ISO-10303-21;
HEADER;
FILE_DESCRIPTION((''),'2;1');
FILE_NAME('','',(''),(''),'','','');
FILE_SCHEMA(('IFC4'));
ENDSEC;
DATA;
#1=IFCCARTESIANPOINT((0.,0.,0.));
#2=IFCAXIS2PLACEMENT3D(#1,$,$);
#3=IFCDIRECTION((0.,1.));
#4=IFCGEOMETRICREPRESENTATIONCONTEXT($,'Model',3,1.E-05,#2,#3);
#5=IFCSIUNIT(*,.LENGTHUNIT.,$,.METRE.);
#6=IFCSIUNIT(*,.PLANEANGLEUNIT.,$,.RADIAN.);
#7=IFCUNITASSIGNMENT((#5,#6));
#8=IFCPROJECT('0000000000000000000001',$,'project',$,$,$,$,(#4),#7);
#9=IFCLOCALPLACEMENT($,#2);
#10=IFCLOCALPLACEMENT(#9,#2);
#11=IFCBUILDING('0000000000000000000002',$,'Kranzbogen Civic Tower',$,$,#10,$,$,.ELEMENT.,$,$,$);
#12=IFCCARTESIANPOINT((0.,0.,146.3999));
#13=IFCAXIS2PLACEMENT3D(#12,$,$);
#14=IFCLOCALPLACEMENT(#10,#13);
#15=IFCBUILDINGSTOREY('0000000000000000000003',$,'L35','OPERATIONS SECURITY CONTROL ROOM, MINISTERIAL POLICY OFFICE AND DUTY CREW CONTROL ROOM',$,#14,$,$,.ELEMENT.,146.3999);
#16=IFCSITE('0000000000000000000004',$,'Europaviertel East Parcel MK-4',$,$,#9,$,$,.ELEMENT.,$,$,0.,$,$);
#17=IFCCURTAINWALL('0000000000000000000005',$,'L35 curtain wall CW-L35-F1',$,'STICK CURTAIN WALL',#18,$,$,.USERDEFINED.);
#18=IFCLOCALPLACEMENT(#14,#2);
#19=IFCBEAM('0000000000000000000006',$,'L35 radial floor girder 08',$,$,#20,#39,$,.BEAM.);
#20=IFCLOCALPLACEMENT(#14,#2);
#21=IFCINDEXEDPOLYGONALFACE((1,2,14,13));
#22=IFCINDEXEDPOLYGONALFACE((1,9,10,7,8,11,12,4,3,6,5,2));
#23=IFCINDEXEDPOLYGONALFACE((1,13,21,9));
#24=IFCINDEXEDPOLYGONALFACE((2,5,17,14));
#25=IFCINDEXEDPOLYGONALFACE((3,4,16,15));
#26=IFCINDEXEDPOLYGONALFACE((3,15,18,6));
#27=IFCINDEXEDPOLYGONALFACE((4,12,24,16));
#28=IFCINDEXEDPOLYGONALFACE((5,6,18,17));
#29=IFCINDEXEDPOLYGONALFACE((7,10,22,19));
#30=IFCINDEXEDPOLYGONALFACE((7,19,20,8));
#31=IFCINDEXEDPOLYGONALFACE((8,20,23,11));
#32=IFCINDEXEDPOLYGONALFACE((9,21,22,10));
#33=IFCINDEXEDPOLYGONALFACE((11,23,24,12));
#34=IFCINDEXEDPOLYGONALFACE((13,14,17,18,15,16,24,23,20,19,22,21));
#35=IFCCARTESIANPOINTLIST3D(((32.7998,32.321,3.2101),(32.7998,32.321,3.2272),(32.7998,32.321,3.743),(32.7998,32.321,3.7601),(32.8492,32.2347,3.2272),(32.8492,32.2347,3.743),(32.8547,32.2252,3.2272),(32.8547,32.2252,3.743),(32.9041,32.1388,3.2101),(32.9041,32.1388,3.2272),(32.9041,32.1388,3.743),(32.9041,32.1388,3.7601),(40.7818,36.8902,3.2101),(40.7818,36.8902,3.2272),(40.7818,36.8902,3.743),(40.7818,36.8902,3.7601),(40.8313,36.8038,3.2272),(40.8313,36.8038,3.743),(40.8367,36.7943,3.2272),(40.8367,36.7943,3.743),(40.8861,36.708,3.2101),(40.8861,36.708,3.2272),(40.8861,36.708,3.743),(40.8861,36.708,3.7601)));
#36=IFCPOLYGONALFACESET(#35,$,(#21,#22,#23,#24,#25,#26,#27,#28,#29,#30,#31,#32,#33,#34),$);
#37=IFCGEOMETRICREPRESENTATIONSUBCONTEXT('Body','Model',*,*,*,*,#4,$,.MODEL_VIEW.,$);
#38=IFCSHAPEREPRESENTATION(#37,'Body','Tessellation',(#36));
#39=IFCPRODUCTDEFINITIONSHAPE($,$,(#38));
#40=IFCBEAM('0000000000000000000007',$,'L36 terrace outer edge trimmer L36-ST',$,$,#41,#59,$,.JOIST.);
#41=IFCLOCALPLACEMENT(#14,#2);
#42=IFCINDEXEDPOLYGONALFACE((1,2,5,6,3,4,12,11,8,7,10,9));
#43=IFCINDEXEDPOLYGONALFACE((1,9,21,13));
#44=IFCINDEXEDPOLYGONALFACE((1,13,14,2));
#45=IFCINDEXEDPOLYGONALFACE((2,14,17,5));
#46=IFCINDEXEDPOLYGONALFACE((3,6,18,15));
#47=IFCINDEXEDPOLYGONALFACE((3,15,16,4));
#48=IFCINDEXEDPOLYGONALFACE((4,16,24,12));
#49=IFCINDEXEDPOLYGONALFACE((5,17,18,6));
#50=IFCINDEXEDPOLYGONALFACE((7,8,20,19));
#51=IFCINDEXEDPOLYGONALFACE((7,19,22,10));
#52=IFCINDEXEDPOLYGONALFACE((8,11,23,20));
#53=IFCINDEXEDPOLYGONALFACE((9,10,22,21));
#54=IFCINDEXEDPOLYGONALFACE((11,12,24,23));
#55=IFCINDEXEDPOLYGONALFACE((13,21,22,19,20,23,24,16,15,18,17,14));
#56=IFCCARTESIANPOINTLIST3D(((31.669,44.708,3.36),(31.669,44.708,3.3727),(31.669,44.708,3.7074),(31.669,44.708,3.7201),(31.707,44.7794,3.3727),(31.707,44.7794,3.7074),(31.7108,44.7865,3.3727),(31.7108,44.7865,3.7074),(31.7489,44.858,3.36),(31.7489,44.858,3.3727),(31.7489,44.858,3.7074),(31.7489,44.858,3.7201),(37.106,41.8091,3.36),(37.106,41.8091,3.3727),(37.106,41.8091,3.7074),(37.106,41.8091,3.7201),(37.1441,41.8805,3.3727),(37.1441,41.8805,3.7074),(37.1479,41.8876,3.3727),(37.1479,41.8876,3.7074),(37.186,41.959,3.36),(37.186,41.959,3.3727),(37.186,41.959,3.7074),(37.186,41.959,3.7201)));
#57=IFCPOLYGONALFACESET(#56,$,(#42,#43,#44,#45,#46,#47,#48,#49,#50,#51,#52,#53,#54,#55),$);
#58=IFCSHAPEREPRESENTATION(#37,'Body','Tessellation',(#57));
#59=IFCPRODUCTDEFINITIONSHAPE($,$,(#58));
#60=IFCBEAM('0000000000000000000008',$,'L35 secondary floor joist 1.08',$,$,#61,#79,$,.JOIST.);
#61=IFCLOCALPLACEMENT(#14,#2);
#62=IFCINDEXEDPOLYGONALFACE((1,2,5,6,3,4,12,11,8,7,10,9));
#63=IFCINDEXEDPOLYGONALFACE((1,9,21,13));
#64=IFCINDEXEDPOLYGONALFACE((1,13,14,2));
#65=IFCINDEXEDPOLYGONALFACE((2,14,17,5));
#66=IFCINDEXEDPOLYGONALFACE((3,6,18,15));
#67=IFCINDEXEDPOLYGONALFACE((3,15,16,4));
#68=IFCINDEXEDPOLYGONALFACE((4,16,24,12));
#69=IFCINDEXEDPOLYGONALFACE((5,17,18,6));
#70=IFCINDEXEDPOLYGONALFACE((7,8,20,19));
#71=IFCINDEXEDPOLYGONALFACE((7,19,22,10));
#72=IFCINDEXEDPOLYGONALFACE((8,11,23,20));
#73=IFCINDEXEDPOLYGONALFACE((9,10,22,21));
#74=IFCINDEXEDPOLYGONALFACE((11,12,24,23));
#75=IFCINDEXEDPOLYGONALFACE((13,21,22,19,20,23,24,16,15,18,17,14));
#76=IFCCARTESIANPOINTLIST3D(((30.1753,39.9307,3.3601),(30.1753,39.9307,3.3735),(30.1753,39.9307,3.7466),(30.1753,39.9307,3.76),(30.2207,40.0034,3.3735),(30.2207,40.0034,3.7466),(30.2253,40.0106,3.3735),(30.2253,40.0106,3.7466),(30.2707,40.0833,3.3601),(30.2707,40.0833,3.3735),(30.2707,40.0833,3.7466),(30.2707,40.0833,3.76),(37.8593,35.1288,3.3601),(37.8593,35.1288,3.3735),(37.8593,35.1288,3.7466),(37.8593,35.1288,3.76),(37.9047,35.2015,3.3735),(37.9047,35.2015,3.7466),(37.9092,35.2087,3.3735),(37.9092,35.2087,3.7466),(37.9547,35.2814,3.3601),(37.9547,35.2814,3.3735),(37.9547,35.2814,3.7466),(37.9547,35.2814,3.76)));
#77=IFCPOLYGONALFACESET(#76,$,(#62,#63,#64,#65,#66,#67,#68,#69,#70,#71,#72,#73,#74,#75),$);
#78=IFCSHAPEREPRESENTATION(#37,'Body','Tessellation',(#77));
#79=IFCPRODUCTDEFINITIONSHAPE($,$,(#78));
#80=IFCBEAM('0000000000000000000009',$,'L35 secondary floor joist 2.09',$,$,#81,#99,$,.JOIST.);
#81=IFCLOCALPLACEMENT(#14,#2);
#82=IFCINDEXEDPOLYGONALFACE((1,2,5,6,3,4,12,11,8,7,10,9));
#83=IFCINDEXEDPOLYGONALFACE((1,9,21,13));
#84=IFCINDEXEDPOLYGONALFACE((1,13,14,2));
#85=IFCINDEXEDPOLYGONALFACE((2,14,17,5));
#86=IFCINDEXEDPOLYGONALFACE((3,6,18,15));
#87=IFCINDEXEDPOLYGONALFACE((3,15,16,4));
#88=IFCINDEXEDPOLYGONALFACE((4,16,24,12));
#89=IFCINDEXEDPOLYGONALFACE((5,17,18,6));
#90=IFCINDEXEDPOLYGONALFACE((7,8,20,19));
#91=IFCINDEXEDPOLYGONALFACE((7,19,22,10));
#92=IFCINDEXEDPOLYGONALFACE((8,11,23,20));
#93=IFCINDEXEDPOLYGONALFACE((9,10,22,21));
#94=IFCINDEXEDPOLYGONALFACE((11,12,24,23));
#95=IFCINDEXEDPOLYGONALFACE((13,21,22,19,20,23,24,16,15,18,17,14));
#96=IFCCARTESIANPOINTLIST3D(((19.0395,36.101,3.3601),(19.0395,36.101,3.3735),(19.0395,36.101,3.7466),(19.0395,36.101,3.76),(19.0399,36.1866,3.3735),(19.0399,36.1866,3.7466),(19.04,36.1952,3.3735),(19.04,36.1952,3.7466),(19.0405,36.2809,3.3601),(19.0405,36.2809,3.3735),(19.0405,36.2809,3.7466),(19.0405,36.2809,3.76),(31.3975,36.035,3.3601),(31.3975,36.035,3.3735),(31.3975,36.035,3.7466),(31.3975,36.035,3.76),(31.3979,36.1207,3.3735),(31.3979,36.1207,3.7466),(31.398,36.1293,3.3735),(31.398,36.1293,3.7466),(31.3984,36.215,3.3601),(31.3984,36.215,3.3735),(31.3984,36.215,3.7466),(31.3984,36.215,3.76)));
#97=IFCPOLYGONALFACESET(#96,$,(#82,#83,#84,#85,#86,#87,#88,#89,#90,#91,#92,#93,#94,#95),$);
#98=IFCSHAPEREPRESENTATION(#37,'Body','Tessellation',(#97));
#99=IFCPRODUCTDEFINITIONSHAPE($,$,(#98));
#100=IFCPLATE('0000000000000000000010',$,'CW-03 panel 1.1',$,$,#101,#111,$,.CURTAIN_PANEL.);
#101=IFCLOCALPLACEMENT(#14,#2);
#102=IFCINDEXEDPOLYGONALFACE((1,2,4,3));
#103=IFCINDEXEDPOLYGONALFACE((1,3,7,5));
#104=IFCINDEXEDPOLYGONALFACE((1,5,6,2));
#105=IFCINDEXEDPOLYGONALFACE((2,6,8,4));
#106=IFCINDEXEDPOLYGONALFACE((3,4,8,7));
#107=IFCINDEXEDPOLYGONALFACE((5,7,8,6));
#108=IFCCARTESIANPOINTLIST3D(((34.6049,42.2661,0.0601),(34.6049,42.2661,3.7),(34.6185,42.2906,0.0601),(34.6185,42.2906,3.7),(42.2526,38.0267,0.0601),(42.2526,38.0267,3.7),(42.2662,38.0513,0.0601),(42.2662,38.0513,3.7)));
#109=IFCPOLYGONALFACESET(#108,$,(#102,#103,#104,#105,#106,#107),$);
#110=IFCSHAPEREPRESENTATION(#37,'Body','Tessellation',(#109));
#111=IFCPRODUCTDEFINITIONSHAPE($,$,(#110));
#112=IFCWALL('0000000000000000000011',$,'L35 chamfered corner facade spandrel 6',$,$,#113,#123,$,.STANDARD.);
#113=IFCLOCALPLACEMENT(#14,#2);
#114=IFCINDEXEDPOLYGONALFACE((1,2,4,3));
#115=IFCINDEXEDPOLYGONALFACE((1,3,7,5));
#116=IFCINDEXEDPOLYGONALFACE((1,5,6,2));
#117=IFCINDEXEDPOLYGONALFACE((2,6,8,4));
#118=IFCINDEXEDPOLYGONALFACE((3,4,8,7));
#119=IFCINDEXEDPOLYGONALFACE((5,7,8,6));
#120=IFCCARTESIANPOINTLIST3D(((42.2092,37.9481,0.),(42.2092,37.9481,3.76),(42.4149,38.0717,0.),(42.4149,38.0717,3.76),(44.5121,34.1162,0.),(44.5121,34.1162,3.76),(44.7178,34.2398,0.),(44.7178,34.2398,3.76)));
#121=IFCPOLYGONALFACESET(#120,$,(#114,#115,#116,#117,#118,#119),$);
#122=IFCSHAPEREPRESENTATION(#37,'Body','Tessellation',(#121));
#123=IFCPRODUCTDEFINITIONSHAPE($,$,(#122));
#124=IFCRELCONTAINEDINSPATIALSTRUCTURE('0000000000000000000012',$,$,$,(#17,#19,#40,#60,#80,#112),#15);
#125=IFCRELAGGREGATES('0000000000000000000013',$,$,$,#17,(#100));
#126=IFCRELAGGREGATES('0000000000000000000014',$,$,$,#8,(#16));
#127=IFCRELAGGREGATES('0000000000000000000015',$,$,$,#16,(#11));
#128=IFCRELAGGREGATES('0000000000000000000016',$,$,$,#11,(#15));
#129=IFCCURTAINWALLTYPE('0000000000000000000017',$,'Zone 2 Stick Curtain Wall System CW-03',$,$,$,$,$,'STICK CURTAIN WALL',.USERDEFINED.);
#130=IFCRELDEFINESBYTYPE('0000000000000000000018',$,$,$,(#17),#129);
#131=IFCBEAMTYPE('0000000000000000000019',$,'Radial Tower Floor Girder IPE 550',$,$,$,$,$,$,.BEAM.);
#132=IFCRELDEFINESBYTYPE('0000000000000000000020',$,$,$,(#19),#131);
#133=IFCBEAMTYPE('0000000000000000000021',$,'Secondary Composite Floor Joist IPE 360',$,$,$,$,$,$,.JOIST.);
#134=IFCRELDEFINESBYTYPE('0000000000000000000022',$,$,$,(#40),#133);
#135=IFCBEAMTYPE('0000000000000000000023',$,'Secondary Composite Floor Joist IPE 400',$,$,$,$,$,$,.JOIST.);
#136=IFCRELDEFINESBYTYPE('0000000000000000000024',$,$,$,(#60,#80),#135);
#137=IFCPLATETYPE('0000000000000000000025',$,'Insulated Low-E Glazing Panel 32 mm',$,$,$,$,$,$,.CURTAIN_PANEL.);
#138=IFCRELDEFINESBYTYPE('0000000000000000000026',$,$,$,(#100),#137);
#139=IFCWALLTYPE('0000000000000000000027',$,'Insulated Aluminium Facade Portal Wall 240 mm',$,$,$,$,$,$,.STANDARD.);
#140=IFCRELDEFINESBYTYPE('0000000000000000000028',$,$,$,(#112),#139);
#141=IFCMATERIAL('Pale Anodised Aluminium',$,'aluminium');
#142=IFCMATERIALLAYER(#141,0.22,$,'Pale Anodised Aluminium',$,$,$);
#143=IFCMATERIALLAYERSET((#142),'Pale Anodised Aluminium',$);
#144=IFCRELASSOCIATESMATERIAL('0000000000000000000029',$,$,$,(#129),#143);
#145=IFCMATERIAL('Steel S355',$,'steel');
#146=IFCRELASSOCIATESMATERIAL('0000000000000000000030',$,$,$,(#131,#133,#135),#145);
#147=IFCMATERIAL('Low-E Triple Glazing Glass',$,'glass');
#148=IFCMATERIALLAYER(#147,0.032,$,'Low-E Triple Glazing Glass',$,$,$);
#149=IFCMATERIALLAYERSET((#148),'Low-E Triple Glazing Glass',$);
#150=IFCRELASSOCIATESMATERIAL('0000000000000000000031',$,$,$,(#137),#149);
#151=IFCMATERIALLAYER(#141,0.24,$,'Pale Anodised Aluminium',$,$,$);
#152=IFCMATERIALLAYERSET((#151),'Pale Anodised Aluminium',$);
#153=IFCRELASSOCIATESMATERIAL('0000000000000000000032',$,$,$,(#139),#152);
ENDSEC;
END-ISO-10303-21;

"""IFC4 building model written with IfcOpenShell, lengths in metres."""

from ifc_helpers import new_model, si_unit, direction, frame, frame_2d, origin, origin_2d, place, context, subcontext, project, spatial, rectangle, i_section, extrude, material, layer, layer_set, material_profile, profile_set, type_object, element, aggregate, save


model = new_model("IFC4")

# Units and contexts
model_context = context("Model", 3, precision=1e-05, world=origin(), true_north=direction((0.0, 1.0)))
body_context = subcontext(model_context, "Body", "Model", "MODEL_VIEW")
ifc_project = project(units=[si_unit("LENGTHUNIT", "METRE"), si_unit("PLANEANGLEUNIT", "RADIAN")], contexts=[model_context])

# Site, building, storey
site_placement = place(None, origin())
site = spatial("IfcSite", under=ifc_project, at=site_placement, Name="Europaviertel East Parcel MK-4", CompositionType="ELEMENT", RefElevation=0.0)
building_placement = place(site_placement, origin())
building = spatial("IfcBuilding", under=site, at=building_placement, Name="Kranzbogen Civic Tower", CompositionType="ELEMENT")
storey_placement = place(building_placement, frame((0.0, 0.0, 146.3999)))
storey = spatial("IfcBuildingStorey", under=building, at=storey_placement, Name="L35", Description="OPERATIONS SECURITY CONTROL ROOM, MINISTERIAL POLICY OFFICE AND DUTY CREW CONTROL ROOM", CompositionType="ELEMENT", Elevation=146.3999)

# Shared definitions
ifc_material_1 = material(Name="Steel S355", Category="steel")

# Curtain wall
ifc_material_2 = material(Name="Pale Anodised Aluminium", Category="aluminium")
ifc_layer_1 = layer(ifc_material_2, 0.22, Name="Pale Anodised Aluminium")
ifc_layer_set_1 = layer_set([ifc_layer_1], Name="Pale Anodised Aluminium")
curtain_wall_type = type_object("IfcCurtainWallType", Name="Zone 2 Stick Curtain Wall System CW-03", ElementType="STICK CURTAIN WALL", PredefinedType="USERDEFINED", material=ifc_layer_set_1)
curtain_wall_1_placement = place(storey_placement, origin())
curtain_wall_1 = element("IfcCurtainWall", 1, at=curtain_wall_1_placement, inside=storey, type_object=curtain_wall_type, Name="L35 curtain wall CW-L35-F1", ObjectType="STICK CURTAIN WALL", PredefinedType="USERDEFINED")

# Beams
ifc_material_profile_1 = material_profile(ifc_material_1, i_section(OverallWidth=0.21, OverallDepth=0.55, WebThickness=0.011, FlangeThickness=0.0171, at=origin_2d()), Name="IPE 550")
ifc_profile_set_1 = profile_set([ifc_material_profile_1], Name="Steel S355")
beam_type_1 = type_object("IfcBeamType", Name="Radial Tower Floor Girder IPE 550", PredefinedType="BEAM", material=ifc_profile_set_1)
beam_1_placement = place(storey_placement, frame((40.834, 36.7991, 3.4851), z_axis=(-0.867869, -0.496793, 0.0), x_axis=(0.496793, -0.867869, 0.0)))
element("IfcBeam", 2, at=beam_1_placement, inside=storey, type_object=beam_type_1, Name="L35 radial floor girder 08", PredefinedType="BEAM", context=body_context, shape_type="SweptSolid", body=[
    extrude(i_section(OverallWidth=0.21, OverallDepth=0.55, WebThickness=0.011, FlangeThickness=0.0171, at=origin_2d()), origin(), (0.0, 0.0, 1.0), 9.1973),
])
ifc_material_profile_2 = material_profile(ifc_material_1, i_section(OverallWidth=0.1699, OverallDepth=0.3601, WebThickness=0.0081, FlangeThickness=0.0127, at=origin_2d()), Name="IPE 360")
ifc_profile_set_2 = profile_set([ifc_material_profile_2], Name="Steel S355")
beam_type_2 = type_object("IfcBeamType", Name="Secondary Composite Floor Joist IPE 360", PredefinedType="JOIST", material=ifc_profile_set_2)
beam_2_placement = place(storey_placement, frame((37.146, 41.884, 3.54), z_axis=(-0.882408, 0.470485, 0.0), x_axis=(-0.470485, -0.882408, 0.0)))
element("IfcBeam", 3, at=beam_2_placement, inside=storey, type_object=beam_type_2, Name="L36 terrace outer edge trimmer L36-ST", PredefinedType="JOIST", context=body_context, shape_type="SweptSolid", body=[
    extrude(i_section(OverallWidth=0.1699, OverallDepth=0.3601, WebThickness=0.0081, FlangeThickness=0.0127, at=origin_2d()), origin(), (0.0, 0.0, 1.0), 6.1616),
])
ifc_material_profile_3 = material_profile(ifc_material_1, i_section(OverallWidth=0.1799, OverallDepth=0.3999, WebThickness=0.0085, FlangeThickness=0.0134, at=origin_2d()), Name="IPE 400")
ifc_profile_set_3 = profile_set([ifc_material_profile_3], Name="Steel S355")
beam_type_3 = type_object("IfcBeamType", Name="Secondary Composite Floor Joist IPE 400", PredefinedType="JOIST", material=ifc_profile_set_3)
beam_3_placement = place(storey_placement, frame((37.907, 35.2051, 3.5601), z_axis=(-0.848026, 0.529955, 0.0), x_axis=(-0.529955, -0.848026, 0.0)))
element("IfcBeam", 4, at=beam_3_placement, inside=storey, type_object=beam_type_3, Name="L35 secondary floor joist 1.08", PredefinedType="JOIST", context=body_context, shape_type="SweptSolid", body=[
    extrude(i_section(OverallWidth=0.1799, OverallDepth=0.3999, WebThickness=0.0085, FlangeThickness=0.0134, at=origin_2d()), origin(), (0.0, 0.0, 1.0), 9.061),
])
beam_4_placement = place(storey_placement, frame((31.3979, 36.125, 3.5601), z_axis=(-0.999986, 0.005334, 0.0), x_axis=(-0.005334, -0.999986, 0.0)))
element("IfcBeam", 5, at=beam_4_placement, inside=storey, type_object=beam_type_3, Name="L35 secondary floor joist 2.09", PredefinedType="JOIST", context=body_context, shape_type="SweptSolid", body=[
    extrude(i_section(OverallWidth=0.1799, OverallDepth=0.3999, WebThickness=0.0085, FlangeThickness=0.0134, at=origin_2d()), origin(), (0.0, 0.0, 1.0), 12.3582),
])

# Plate
ifc_material_3 = material(Name="Low-E Triple Glazing Glass", Category="glass")
ifc_layer_2 = layer(ifc_material_3, 0.032, Name="Low-E Triple Glazing Glass")
ifc_layer_set_2 = layer_set([ifc_layer_2], Name="Low-E Triple Glazing Glass")
plate_type = type_object("IfcPlateType", Name="Insulated Low-E Glazing Panel 32 mm", PredefinedType="CURTAIN_PANEL", material=ifc_layer_set_2)
plate_placement = place(storey_placement, frame((38.4355, 40.1587, 0.0601), z_axis=(0.0, 0.0, 1.0), x_axis=(-0.874613, 0.484821, 0.0)))
plate = element("IfcPlate", 6, at=plate_placement, type_object=plate_type, Name="CW-03 panel 1.1", PredefinedType="CURTAIN_PANEL", context=body_context, shape_type="SweptSolid", body=[
    extrude(rectangle(XDim=8.7441, YDim=0.0281, at=origin_2d()), origin(), (0.0, 0.0, 1.0), 3.6399),
])
aggregate(curtain_wall_1, [plate])

# Wall
ifc_layer_3 = layer(ifc_material_2, 0.24, Name="Pale Anodised Aluminium")
ifc_layer_set_3 = layer_set([ifc_layer_3], Name="Pale Anodised Aluminium")
wall_type = type_object("IfcWallType", Name="Insulated Aluminium Facade Portal Wall 240 mm", PredefinedType="STANDARD", material=ifc_layer_set_3)
wall_placement = place(storey_placement, frame((44.615, 34.178, 0.0), z_axis=(0.0, 0.0, 1.0), x_axis=(-0.515114, 0.857122, 0.0)))
element("IfcWall", 7, at=wall_placement, inside=storey, type_object=wall_type, Name="L35 chamfered corner facade spandrel 6", PredefinedType="STANDARD", context=body_context, shape_type="SweptSolid", body=[
    extrude(rectangle(XDim=4.4707, YDim=0.24, at=frame_2d((2.2354, 0.0))), origin(), (0.0, 0.0, 1.0), 3.76),
])

save(model, "model.ifc")
